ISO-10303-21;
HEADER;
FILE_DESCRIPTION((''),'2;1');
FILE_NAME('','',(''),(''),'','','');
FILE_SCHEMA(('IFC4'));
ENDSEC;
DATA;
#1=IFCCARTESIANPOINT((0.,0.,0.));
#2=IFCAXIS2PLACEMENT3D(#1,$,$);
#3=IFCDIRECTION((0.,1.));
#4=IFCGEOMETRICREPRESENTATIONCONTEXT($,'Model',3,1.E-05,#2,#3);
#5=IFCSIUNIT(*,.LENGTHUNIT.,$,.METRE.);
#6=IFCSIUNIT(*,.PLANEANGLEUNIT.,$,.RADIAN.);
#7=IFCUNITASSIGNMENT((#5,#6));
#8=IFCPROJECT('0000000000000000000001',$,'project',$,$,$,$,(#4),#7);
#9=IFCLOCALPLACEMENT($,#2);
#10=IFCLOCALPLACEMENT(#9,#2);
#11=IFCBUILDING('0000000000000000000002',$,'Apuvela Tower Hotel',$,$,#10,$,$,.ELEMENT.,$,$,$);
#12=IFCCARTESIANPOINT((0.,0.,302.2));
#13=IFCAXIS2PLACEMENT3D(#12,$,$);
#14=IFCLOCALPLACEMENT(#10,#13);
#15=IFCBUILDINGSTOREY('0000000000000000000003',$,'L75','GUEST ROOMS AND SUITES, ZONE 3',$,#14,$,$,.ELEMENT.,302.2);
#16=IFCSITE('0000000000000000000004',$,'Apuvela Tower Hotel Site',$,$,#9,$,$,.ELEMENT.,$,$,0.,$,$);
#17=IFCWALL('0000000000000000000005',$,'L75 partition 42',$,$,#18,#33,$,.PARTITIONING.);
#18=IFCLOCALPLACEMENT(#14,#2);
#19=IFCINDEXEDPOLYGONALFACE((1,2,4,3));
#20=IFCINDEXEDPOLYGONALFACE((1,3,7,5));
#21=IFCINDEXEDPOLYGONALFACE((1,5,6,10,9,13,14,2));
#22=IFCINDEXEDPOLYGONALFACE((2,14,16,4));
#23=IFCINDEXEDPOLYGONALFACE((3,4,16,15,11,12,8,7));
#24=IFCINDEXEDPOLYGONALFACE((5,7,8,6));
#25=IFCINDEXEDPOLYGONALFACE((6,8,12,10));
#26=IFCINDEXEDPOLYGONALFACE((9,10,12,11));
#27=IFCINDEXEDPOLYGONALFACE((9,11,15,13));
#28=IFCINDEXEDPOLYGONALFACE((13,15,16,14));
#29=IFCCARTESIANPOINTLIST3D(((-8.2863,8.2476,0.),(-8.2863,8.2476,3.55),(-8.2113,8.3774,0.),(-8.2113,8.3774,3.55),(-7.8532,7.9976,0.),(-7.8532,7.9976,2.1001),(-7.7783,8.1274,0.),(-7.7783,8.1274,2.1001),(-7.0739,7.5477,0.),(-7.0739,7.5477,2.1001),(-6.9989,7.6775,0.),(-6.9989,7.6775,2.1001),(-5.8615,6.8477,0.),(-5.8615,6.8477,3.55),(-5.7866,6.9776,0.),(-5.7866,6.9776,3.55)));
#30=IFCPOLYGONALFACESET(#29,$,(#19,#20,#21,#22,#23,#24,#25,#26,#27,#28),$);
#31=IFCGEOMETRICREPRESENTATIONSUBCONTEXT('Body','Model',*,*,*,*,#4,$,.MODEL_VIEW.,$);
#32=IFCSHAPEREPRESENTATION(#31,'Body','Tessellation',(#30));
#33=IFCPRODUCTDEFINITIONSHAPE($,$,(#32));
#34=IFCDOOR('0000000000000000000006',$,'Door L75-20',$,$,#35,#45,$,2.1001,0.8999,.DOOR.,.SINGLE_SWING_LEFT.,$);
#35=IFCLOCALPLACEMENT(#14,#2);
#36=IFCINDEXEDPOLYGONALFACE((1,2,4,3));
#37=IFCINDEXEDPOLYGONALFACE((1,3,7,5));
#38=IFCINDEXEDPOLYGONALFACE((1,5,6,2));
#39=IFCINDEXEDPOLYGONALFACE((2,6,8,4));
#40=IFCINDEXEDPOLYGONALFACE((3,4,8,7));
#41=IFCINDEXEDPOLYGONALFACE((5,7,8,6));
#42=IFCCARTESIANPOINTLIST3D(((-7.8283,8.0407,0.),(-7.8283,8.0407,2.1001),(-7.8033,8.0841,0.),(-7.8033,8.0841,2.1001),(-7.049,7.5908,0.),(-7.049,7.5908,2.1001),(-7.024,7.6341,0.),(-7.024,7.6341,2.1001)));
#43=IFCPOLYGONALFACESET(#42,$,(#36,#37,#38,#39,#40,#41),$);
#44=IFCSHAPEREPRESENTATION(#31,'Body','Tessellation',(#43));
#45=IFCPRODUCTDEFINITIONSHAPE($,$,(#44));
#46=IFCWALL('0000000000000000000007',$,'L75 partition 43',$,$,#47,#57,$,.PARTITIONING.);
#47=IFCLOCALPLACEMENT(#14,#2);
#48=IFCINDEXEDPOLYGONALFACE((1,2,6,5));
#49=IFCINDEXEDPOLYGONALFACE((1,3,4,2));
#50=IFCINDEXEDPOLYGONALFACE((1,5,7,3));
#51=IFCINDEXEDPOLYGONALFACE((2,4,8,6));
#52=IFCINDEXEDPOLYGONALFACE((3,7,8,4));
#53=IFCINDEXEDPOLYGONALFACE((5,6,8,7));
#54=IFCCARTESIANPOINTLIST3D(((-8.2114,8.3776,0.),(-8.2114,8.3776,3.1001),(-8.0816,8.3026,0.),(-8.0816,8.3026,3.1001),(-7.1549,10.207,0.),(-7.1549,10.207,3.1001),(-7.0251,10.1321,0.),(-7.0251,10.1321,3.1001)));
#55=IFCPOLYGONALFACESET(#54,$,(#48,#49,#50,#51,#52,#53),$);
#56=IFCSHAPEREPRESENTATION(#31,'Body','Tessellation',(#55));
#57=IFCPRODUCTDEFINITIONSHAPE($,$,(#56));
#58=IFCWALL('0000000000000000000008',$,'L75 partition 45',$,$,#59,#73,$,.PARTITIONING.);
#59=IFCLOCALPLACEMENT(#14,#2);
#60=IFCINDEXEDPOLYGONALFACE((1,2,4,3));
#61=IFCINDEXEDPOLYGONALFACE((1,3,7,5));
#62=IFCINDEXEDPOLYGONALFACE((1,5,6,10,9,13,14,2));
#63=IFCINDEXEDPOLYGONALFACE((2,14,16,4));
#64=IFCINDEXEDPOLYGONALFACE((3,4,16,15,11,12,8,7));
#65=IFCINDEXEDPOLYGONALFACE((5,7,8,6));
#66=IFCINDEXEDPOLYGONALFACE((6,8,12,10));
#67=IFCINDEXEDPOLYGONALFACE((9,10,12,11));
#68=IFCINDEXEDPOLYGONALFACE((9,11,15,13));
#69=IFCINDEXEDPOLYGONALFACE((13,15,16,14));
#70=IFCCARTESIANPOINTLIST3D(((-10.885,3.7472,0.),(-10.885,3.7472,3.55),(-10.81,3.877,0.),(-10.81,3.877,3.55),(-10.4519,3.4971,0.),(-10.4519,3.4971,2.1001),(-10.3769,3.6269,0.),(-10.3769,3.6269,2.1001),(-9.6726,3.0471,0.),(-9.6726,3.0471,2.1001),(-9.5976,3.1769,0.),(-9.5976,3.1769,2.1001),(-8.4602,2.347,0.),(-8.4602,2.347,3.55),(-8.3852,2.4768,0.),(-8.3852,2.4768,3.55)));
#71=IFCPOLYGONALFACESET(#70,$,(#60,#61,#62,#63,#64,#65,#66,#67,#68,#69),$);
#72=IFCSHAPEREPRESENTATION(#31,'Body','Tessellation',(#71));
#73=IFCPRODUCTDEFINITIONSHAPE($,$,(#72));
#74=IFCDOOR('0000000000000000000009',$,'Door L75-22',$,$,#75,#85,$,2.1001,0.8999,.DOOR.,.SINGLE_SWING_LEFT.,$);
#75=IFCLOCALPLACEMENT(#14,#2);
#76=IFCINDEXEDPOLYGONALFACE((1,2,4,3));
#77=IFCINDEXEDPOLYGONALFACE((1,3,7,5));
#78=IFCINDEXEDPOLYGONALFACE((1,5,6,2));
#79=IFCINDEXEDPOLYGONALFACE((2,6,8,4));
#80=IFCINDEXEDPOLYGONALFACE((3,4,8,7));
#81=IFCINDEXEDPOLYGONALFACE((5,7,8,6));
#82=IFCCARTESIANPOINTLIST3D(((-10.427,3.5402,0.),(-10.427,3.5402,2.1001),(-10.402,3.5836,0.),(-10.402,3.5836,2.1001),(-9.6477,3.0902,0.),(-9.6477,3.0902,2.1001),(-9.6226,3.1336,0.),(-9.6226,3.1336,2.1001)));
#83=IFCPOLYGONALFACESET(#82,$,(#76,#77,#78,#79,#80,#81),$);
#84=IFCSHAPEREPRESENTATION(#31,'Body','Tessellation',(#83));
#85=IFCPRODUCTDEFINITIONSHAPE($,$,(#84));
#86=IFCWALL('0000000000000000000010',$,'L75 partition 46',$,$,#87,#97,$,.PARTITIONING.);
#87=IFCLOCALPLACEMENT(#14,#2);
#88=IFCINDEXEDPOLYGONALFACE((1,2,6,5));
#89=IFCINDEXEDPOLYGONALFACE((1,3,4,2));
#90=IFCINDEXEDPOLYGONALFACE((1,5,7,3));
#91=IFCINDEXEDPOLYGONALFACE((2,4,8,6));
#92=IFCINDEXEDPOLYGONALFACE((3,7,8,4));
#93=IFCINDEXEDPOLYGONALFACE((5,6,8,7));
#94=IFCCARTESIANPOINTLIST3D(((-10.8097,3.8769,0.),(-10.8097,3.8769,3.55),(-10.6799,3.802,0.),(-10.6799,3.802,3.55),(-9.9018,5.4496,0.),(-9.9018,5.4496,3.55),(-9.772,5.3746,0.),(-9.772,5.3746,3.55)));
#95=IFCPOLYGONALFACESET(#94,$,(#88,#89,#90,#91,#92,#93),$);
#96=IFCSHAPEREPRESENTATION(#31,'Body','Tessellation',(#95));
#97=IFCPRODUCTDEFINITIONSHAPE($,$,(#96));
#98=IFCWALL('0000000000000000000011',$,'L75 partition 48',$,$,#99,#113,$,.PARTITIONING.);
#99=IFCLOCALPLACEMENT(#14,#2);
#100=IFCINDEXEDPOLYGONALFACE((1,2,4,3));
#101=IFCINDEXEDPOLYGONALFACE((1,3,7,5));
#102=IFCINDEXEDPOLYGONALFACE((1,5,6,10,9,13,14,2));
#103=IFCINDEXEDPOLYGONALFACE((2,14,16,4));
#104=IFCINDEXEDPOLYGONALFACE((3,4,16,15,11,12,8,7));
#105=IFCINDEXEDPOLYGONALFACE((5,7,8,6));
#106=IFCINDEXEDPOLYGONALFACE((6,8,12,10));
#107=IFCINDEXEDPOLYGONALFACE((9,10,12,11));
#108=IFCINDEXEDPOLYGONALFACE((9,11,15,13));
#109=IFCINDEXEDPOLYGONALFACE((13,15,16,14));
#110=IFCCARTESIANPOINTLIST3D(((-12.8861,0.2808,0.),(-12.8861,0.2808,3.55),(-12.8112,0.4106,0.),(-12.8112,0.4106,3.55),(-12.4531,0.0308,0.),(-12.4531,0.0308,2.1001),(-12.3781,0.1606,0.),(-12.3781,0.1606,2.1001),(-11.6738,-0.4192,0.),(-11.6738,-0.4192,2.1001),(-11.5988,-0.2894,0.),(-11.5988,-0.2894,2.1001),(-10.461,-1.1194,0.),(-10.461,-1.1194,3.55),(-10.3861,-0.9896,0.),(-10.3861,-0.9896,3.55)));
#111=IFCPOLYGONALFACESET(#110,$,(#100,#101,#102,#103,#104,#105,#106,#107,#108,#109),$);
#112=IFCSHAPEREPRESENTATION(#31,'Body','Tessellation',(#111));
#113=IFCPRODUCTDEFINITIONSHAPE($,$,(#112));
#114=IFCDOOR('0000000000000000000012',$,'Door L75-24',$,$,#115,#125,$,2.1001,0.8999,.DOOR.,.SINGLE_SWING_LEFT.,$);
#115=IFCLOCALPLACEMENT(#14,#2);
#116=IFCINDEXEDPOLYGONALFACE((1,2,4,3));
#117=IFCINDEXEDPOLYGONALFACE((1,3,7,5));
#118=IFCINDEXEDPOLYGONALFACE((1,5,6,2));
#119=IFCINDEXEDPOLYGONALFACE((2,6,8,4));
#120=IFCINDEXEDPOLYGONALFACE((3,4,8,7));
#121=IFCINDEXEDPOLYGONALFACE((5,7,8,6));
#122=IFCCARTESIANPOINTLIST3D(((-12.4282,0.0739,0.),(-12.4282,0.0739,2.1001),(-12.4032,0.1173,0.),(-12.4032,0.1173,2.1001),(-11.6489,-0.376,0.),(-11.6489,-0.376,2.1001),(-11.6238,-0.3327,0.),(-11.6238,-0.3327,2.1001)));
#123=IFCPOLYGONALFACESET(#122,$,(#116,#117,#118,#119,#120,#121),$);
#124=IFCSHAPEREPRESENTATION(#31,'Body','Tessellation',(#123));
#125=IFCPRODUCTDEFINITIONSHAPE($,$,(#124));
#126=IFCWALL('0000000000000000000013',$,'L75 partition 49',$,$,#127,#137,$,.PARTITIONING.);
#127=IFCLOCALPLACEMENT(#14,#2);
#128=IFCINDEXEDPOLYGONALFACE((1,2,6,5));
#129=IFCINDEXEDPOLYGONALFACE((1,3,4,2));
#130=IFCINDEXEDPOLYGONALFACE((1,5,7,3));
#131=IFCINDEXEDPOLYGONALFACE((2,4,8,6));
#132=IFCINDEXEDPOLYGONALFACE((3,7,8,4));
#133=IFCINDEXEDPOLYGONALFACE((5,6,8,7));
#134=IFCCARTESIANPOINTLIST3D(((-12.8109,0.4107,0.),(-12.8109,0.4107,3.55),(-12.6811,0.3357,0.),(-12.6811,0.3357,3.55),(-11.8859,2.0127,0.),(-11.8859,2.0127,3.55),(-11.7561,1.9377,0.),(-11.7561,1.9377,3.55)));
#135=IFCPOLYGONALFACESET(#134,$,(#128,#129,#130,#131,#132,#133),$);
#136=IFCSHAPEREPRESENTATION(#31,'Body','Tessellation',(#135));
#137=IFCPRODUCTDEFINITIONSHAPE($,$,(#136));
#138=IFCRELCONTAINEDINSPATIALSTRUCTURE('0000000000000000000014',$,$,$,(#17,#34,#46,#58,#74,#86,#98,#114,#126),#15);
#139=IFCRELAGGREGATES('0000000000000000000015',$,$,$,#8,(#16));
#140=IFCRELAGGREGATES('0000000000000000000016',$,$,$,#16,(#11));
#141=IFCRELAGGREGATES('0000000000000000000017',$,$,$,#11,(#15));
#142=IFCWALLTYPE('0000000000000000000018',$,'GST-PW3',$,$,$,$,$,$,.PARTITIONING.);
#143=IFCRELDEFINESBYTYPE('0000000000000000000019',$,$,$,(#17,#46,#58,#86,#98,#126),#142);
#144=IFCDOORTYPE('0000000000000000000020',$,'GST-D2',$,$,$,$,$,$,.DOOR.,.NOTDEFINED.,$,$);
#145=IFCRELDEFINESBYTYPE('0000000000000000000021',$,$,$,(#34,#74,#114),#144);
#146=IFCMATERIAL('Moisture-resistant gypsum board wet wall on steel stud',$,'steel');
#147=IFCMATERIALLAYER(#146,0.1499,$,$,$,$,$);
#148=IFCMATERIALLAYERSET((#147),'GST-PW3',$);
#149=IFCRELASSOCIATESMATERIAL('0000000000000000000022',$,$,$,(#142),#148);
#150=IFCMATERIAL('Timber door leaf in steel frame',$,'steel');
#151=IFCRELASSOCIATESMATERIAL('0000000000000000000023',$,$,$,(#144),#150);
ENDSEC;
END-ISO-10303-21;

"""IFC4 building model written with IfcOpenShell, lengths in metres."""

from ifc_helpers import new_model, si_unit, direction, frame, frame_2d, origin, place, context, subcontext, project, spatial, rectangle, extrude, material, layer, layer_set, type_object, element, fill, save


model = new_model("IFC4")

# Units and contexts
model_context = context("Model", 3, precision=1e-05, world=origin(), true_north=direction((0.0, 1.0)))
body_context = subcontext(model_context, "Body", "Model", "MODEL_VIEW")
ifc_project = project(units=[si_unit("LENGTHUNIT", "METRE"), si_unit("PLANEANGLEUNIT", "RADIAN")], contexts=[model_context])

# Site, building, storey
site_placement = place(None, origin())
site = spatial("IfcSite", under=ifc_project, at=site_placement, Name="Apuvela Tower Hotel Site", CompositionType="ELEMENT", RefElevation=0.0)
building_placement = place(site_placement, origin())
building = spatial("IfcBuilding", under=site, at=building_placement, Name="Apuvela Tower Hotel", CompositionType="ELEMENT")
storey_placement = place(building_placement, frame((0.0, 0.0, 302.2)))
storey = spatial("IfcBuildingStorey", under=building, at=storey_placement, Name="L75", Description="GUEST ROOMS AND SUITES, ZONE 3", CompositionType="ELEMENT", Elevation=302.2)

# Wall, opening, door
ifc_material_1 = material(Name="Timber door leaf in steel frame", Category="steel")
ifc_material_2 = material(Name="Moisture-resistant gypsum board wet wall on steel stud", Category="steel")
ifc_layer_1 = layer(ifc_material_2, 0.1499)
ifc_layer_set_1 = layer_set([ifc_layer_1], Name="GST-PW3")
wall_type_1 = type_object("IfcWallType", Name="GST-PW3", PredefinedType="PARTITIONING", material=ifc_layer_set_1)
door_type_1 = type_object("IfcDoorType", Name="GST-D2", OperationType="NOTDEFINED", PredefinedType="DOOR", material=ifc_material_1)
wall_1_placement = place(storey_placement, frame((-8.2488, 8.3125, 0.0), z_axis=(0.0, 0.0, 1.0), x_axis=(0.866035, -0.499984, 0.0)))
wall_1 = element("IfcWall", 1, at=wall_1_placement, inside=storey, type_object=wall_type_1, Name="L75 partition 42", PredefinedType="PARTITIONING", context=body_context, shape_type="SweptSolid", body=[
    extrude(rectangle(XDim=2.7998, YDim=0.1499, at=frame_2d((1.3999, 0.0))), origin(), (0.0, 0.0, 1.0), 3.55),
])
opening_1_placement = place(wall_1_placement, frame((0.5, 0.0, 0.0)))
opening_1 = element("IfcOpeningElement", 2, at=opening_1_placement, cuts=wall_1, PredefinedType="OPENING", context=body_context, shape_type="SweptSolid", body=[
    extrude(rectangle(XDim=0.8999, YDim=2.1001, at=frame_2d((0.45, 1.05))), frame((0.0, 0.085, 0.0), z_axis=(0.0, -1.0, 0.0), x_axis=(1.0, 0.0, 0.0)), (0.0, 0.0, 1.0), 0.1699),
])
door_1_placement = place(opening_1_placement, origin())
door_1 = element("IfcDoor", 3, at=door_1_placement, inside=storey, type_object=door_type_1, Name="Door L75-20", OperationType="SINGLE_SWING_LEFT", OverallHeight=2.1001, OverallWidth=0.8999, PredefinedType="DOOR", context=body_context, shape_type="SweptSolid", body=[
    extrude(rectangle(XDim=0.8999, YDim=2.1001, at=frame_2d((0.45, 1.05))), frame((0.0, 0.0249, 0.0), z_axis=(0.0, -1.0, 0.0), x_axis=(1.0, 0.0, 0.0)), (0.0, 0.0, 1.0), 0.05),
])
fill(opening_1, door_1)

# Wall
wall_2_placement = place(storey_placement, frame((-7.0901, 10.1694, 0.0), z_axis=(0.0, 0.0, 1.0), x_axis=(-0.500079, -0.86598, 0.0)))
element("IfcWall", 4, at=wall_2_placement, inside=storey, type_object=wall_type_1, Name="L75 partition 43", PredefinedType="PARTITIONING", context=body_context, shape_type="SweptSolid", body=[
    extrude(rectangle(XDim=2.1125, YDim=0.1499, at=frame_2d((1.0562, 0.0))), origin(), (0.0, 0.0, 1.0), 3.1001),
])

# Wall, opening, door
wall_3_placement = place(storey_placement, frame((-10.8474, 3.812, 0.0), z_axis=(0.0, 0.0, 1.0), x_axis=(0.865997, -0.50005, 0.0)))
wall_3 = element("IfcWall", 5, at=wall_3_placement, inside=storey, type_object=wall_type_1, Name="L75 partition 45", PredefinedType="PARTITIONING", context=body_context, shape_type="SweptSolid", body=[
    extrude(rectangle(XDim=2.8, YDim=0.1499, at=frame_2d((1.3999, 0.0))), origin(), (0.0, 0.0, 1.0), 3.55),
])
opening_2_placement = place(wall_3_placement, frame((0.5, 0.0, 0.0)))
opening_2 = element("IfcOpeningElement", 6, at=opening_2_placement, cuts=wall_3, PredefinedType="OPENING", context=body_context, shape_type="SweptSolid", body=[
    extrude(rectangle(XDim=0.8999, YDim=2.1001, at=frame_2d((0.45, 1.05))), frame((0.0, 0.085, 0.0), z_axis=(0.0, -1.0, 0.0), x_axis=(1.0, 0.0, 0.0)), (0.0, 0.0, 1.0), 0.1699),
])
door_2_placement = place(opening_2_placement, origin())
door_2 = element("IfcDoor", 7, at=door_2_placement, inside=storey, type_object=door_type_1, Name="Door L75-22", OperationType="SINGLE_SWING_LEFT", OverallHeight=2.1001, OverallWidth=0.8999, PredefinedType="DOOR", context=body_context, shape_type="SweptSolid", body=[
    extrude(rectangle(XDim=0.8999, YDim=2.1001, at=frame_2d((0.45, 1.05))), frame((0.0, 0.0249, 0.0), z_axis=(0.0, -1.0, 0.0), x_axis=(1.0, 0.0, 0.0)), (0.0, 0.0, 1.0), 0.05),
])
fill(opening_2, door_2)

# Wall
wall_4_placement = place(storey_placement, frame((-9.8369, 5.4121, 0.0), z_axis=(0.0, 0.0, 1.0), x_axis=(-0.499971, -0.866042, 0.0)))
element("IfcWall", 8, at=wall_4_placement, inside=storey, type_object=wall_type_1, Name="L75 partition 46", PredefinedType="PARTITIONING", context=body_context, shape_type="SweptSolid", body=[
    extrude(rectangle(XDim=1.8159, YDim=0.1499, at=frame_2d((0.908, 0.0))), origin(), (0.0, 0.0, 1.0), 3.55),
])

# Wall, opening, door
wall_5_placement = place(storey_placement, frame((-12.8486, 0.3457, 0.0), z_axis=(0.0, 0.0, 1.0), x_axis=(0.866019, -0.500012, 0.0)))
wall_5 = element("IfcWall", 9, at=wall_5_placement, inside=storey, type_object=wall_type_1, Name="L75 partition 48", PredefinedType="PARTITIONING", context=body_context, shape_type="SweptSolid", body=[
    extrude(rectangle(XDim=2.8003, YDim=0.1499, at=frame_2d((1.4001, 0.0))), origin(), (0.0, 0.0, 1.0), 3.55),
])
opening_3_placement = place(wall_5_placement, frame((0.5, 0.0, 0.0)))
opening_3 = element("IfcOpeningElement", 10, at=opening_3_placement, cuts=wall_5, PredefinedType="OPENING", context=body_context, shape_type="SweptSolid", body=[
    extrude(rectangle(XDim=0.8999, YDim=2.1001, at=frame_2d((0.45, 1.05))), frame((0.0, 0.085, 0.0), z_axis=(0.0, -1.0, 0.0), x_axis=(1.0, 0.0, 0.0)), (0.0, 0.0, 1.0), 0.1699),
])
door_3_placement = place(opening_3_placement, origin())
door_3 = element("IfcDoor", 11, at=door_3_placement, inside=storey, type_object=door_type_1, Name="Door L75-24", OperationType="SINGLE_SWING_LEFT", OverallHeight=2.1001, OverallWidth=0.8999, PredefinedType="DOOR", context=body_context, shape_type="SweptSolid", body=[
    extrude(rectangle(XDim=0.8999, YDim=2.1001, at=frame_2d((0.45, 1.05))), frame((0.0, 0.0249, 0.0), z_axis=(0.0, -1.0, 0.0), x_axis=(1.0, 0.0, 0.0)), (0.0, 0.0, 1.0), 0.05),
])
fill(opening_3, door_3)

# Wall
wall_6_placement = place(storey_placement, frame((-11.821, 1.9751, 0.0), z_axis=(0.0, 0.0, 1.0), x_axis=(-0.500042, -0.866001, 0.0)))
element("IfcWall", 12, at=wall_6_placement, inside=storey, type_object=wall_type_1, Name="L75 partition 49", PredefinedType="PARTITIONING", context=body_context, shape_type="SweptSolid", body=[
    extrude(rectangle(XDim=1.8499, YDim=0.1499, at=frame_2d((0.9248, 0.0))), origin(), (0.0, 0.0, 1.0), 3.55),
])

save(model, "model.ifc")
